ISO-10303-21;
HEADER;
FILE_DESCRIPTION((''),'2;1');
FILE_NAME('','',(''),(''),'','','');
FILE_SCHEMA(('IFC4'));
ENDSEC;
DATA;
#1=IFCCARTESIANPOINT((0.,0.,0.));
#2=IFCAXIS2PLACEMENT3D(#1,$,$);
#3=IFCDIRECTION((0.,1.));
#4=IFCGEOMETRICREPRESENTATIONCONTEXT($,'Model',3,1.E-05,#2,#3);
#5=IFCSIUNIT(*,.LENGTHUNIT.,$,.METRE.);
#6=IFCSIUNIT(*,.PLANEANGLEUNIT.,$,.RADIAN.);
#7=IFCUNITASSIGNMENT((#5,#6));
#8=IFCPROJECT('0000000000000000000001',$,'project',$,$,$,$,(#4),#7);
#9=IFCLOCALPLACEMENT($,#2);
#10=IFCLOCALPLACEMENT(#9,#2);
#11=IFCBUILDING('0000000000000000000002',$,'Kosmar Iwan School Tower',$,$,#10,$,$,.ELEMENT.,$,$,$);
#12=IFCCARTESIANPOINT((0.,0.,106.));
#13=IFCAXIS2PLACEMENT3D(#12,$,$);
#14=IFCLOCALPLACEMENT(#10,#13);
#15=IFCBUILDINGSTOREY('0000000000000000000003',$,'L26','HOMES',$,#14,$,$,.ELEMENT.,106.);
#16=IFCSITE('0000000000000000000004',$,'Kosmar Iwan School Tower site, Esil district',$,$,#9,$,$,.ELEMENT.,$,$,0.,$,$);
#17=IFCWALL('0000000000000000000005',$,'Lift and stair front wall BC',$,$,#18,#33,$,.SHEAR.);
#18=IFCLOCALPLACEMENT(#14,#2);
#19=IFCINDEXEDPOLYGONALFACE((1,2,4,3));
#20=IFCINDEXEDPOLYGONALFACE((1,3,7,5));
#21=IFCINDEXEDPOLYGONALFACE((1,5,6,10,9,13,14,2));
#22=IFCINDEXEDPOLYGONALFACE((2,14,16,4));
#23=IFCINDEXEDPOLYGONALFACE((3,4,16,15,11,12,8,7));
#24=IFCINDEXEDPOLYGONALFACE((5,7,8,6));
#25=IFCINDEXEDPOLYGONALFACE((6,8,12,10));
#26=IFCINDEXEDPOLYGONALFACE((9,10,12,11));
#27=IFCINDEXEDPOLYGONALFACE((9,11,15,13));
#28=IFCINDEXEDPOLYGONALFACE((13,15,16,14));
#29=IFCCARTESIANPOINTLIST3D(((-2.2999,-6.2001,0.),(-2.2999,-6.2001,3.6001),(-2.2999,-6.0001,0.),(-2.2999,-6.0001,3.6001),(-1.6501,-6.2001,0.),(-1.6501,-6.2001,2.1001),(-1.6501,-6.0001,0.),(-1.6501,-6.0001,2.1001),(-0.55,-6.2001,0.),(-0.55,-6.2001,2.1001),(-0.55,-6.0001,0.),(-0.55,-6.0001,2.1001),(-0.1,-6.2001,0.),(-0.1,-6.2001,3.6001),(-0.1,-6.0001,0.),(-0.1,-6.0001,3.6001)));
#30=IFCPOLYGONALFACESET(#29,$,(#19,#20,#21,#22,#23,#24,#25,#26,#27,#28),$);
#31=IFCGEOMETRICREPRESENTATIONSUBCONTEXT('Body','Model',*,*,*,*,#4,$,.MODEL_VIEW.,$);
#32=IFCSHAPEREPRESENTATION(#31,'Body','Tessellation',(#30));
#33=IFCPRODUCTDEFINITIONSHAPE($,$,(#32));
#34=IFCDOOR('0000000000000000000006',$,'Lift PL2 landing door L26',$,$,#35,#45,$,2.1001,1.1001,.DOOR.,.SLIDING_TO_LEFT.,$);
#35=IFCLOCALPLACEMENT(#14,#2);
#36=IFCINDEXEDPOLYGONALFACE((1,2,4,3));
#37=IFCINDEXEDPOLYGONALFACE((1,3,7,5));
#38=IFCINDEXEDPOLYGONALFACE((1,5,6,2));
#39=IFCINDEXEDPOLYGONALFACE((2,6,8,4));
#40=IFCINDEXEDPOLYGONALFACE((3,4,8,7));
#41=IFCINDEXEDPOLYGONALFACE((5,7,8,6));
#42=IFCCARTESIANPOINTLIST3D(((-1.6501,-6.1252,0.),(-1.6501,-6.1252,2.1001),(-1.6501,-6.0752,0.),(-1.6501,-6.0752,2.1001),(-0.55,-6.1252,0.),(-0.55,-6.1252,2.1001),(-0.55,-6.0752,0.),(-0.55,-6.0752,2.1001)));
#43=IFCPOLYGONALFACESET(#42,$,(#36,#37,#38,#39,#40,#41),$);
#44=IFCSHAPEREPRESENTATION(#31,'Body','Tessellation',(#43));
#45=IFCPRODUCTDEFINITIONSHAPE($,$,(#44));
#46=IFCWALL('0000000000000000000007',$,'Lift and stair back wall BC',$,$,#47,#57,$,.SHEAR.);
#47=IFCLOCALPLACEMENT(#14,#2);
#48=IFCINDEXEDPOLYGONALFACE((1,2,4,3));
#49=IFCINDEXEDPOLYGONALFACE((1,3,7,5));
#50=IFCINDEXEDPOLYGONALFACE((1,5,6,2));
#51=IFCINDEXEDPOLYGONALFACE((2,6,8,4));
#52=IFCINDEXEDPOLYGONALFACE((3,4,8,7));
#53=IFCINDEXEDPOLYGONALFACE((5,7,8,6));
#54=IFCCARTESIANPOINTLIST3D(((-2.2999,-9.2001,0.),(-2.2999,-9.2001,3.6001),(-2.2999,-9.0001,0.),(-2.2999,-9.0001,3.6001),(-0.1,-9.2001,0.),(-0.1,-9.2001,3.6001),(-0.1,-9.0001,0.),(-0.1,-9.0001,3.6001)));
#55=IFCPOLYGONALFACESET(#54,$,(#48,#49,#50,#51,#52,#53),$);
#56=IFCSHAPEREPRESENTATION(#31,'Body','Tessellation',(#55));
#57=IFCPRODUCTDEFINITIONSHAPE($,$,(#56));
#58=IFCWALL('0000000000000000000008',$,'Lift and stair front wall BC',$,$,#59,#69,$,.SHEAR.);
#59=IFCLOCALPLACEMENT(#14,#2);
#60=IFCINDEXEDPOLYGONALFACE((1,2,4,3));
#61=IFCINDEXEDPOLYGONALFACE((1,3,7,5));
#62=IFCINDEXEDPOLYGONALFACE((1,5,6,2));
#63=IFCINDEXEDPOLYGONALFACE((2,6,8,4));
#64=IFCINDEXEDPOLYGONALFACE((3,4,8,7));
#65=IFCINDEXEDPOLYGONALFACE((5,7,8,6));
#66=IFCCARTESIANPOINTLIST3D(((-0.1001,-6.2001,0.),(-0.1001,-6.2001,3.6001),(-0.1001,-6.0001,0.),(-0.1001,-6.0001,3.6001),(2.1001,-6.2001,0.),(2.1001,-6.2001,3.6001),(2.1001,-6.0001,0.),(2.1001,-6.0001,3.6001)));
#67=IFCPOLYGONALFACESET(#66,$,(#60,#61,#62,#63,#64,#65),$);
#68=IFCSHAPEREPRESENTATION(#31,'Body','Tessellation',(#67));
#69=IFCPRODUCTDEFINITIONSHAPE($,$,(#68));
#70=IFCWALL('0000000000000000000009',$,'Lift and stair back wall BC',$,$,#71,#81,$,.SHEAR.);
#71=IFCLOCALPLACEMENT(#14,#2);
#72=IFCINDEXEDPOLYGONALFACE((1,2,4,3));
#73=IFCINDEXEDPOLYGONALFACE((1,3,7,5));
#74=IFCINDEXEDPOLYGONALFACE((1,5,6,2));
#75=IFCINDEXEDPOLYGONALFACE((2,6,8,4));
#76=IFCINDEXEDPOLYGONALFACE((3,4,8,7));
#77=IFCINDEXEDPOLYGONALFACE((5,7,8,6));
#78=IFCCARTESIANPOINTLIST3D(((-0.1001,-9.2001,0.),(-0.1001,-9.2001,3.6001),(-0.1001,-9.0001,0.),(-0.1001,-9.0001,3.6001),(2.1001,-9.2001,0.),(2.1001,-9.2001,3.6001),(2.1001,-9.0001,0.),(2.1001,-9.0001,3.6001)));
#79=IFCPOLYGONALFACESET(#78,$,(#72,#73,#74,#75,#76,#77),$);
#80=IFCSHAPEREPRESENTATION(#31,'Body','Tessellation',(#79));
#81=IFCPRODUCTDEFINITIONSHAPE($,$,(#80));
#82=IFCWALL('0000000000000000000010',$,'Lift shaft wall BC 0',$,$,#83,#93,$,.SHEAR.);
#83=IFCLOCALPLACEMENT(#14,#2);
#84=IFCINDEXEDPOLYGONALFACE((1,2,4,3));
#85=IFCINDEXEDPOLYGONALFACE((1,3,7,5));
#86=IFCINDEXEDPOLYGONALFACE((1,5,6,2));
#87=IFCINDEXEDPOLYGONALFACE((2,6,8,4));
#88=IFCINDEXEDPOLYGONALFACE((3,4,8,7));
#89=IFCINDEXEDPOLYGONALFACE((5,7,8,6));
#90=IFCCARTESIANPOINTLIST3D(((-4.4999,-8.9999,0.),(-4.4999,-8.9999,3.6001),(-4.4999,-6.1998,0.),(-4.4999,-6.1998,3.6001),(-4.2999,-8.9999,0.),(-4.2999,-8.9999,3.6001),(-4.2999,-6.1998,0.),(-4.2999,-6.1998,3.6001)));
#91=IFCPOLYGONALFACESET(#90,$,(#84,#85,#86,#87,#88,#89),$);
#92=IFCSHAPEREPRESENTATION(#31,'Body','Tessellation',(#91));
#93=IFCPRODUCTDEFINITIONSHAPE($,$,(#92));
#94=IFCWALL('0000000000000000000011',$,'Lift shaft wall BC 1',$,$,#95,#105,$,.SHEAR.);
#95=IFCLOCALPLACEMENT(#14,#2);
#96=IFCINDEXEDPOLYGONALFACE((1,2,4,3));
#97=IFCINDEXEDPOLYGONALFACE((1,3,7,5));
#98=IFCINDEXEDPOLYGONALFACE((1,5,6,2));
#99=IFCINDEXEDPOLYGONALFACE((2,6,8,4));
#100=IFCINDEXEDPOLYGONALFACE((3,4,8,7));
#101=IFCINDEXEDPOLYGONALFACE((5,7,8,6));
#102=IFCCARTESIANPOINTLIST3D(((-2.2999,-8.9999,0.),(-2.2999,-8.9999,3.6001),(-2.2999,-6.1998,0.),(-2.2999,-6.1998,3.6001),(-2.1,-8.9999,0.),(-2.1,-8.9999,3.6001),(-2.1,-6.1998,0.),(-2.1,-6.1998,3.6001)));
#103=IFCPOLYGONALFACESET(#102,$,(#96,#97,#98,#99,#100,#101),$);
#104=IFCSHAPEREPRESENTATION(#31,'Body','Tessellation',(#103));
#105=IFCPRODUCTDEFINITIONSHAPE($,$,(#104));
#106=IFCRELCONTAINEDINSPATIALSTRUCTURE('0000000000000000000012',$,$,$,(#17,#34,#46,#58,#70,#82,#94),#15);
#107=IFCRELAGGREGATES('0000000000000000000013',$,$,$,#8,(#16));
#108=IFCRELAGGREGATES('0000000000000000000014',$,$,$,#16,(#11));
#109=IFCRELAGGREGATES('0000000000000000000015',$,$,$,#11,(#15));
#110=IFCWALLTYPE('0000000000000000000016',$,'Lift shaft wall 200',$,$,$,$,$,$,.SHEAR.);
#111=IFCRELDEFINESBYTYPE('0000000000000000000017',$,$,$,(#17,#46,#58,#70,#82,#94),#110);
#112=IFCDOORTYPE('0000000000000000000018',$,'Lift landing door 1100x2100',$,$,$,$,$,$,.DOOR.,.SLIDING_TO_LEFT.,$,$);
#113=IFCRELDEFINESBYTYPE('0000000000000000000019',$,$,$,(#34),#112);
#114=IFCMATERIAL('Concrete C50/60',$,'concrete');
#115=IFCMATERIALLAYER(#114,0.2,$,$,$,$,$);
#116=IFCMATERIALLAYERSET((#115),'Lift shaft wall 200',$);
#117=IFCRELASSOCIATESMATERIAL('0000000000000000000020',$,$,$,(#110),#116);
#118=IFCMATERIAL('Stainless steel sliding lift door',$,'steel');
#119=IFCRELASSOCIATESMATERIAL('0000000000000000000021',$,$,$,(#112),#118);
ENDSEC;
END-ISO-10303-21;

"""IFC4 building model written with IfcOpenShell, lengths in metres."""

from ifc_helpers import new_model, si_unit, direction, frame, frame_2d, origin, place, context, subcontext, project, spatial, rectangle, extrude, material, layer, layer_set, type_object, element, fill, save


model = new_model("IFC4")

# Units and contexts
model_context = context("Model", 3, precision=1e-05, world=origin(), true_north=direction((0.0, 1.0)))
body_context = subcontext(model_context, "Body", "Model", "MODEL_VIEW")
ifc_project = project(units=[si_unit("LENGTHUNIT", "METRE"), si_unit("PLANEANGLEUNIT", "RADIAN")], contexts=[model_context])

# Site, building, storey
site_placement = place(None, origin())
site = spatial("IfcSite", under=ifc_project, at=site_placement, Name="Kosmar Iwan School Tower site, Esil district", CompositionType="ELEMENT", RefElevation=0.0)
building_placement = place(site_placement, origin())
building = spatial("IfcBuilding", under=site, at=building_placement, Name="Kosmar Iwan School Tower", CompositionType="ELEMENT")
storey_placement = place(building_placement, frame((0.0, 0.0, 106.0)))
storey = spatial("IfcBuildingStorey", under=building, at=storey_placement, Name="L26", Description="HOMES", CompositionType="ELEMENT", Elevation=106.0)

# Shared definitions
ifc_material_1 = material(Name="Concrete C50/60", Category="concrete")
ifc_layer_1 = layer(ifc_material_1, 0.2)
ifc_layer_set_1 = layer_set([ifc_layer_1], Name="Lift shaft wall 200")
wall_type_1 = type_object("IfcWallType", Name="Lift shaft wall 200", PredefinedType="SHEAR", material=ifc_layer_set_1)
ifc_material_2 = material(Name="Stainless steel sliding lift door", Category="steel")
door_type_1 = type_object("IfcDoorType", Name="Lift landing door 1100x2100", OperationType="SLIDING_TO_LEFT", PredefinedType="DOOR", material=ifc_material_2)

# Wall, opening, door
wall_1_placement = place(storey_placement, frame((-2.3, -6.1001, 0.0), z_axis=(0.0, 0.0, 1.0), x_axis=(1.0, 0.0, 0.0)))
wall_1 = element("IfcWall", 1, at=wall_1_placement, inside=storey, type_object=wall_type_1, Name="Lift and stair front wall BC", PredefinedType="SHEAR", context=body_context, shape_type="SweptSolid", body=[
    extrude(rectangle(XDim=2.2, YDim=0.2, at=frame_2d((1.1001, 0.0))), origin(), (0.0, 0.0, 1.0), 3.6001),
])
opening_1_placement = place(wall_1_placement, frame((0.6499, 0.0, 0.0)))
opening_1 = element("IfcOpeningElement", 2, at=opening_1_placement, cuts=wall_1, PredefinedType="OPENING", context=body_context, shape_type="SweptSolid", body=[
    extrude(rectangle(XDim=1.1001, YDim=2.1001, at=frame_2d((0.55, 1.05))), frame((0.0, 0.1121, 0.0), z_axis=(0.0, -1.0, 0.0), x_axis=(1.0, 0.0, 0.0)), (0.0, 0.0, 1.0), 0.2239),
])
door_1_placement = place(opening_1_placement, origin())
door_1 = element("IfcDoor", 3, at=door_1_placement, inside=storey, type_object=door_type_1, Name="Lift PL2 landing door L26", OperationType="SLIDING_TO_LEFT", OverallHeight=2.1001, OverallWidth=1.1001, PredefinedType="DOOR", context=body_context, shape_type="SweptSolid", body=[
    extrude(rectangle(XDim=1.1001, YDim=2.1001, at=frame_2d((0.55, 1.05))), frame((0.0, 0.0249, 0.0), z_axis=(0.0, -1.0, 0.0), x_axis=(1.0, 0.0, 0.0)), (0.0, 0.0, 1.0), 0.05),
])
fill(opening_1, door_1)

# Walls
wall_2_placement = place(storey_placement, frame((-2.3, -9.1001, 0.0), z_axis=(0.0, 0.0, 1.0), x_axis=(1.0, 0.0, 0.0)))
element("IfcWall", 4, at=wall_2_placement, inside=storey, type_object=wall_type_1, Name="Lift and stair back wall BC", PredefinedType="SHEAR", context=body_context, shape_type="SweptSolid", body=[
    extrude(rectangle(XDim=2.2, YDim=0.2, at=frame_2d((1.1001, 0.0))), origin(), (0.0, 0.0, 1.0), 3.6001),
])
for number, where, z_axis, x_axis, name in (
    (5, (-0.1001, -6.1001, 0.0), (0.0, 0.0, 1.0), (1.0, 0.0, 0.0), "Lift and stair front wall BC"),
    (6, (-0.1001, -9.1001, 0.0), (0.0, 0.0, 1.0), (1.0, 0.0, 0.0), "Lift and stair back wall BC"),
):
    element("IfcWall", number, at=place(storey_placement, frame(where, z_axis=z_axis, x_axis=x_axis)), inside=storey, type_object=wall_type_1, Name=name, PredefinedType="SHEAR", context=body_context, shape_type="SweptSolid", body=[
        extrude(rectangle(XDim=2.2002, YDim=0.2, at=frame_2d((1.1001, 0.0))), origin(), (0.0, 0.0, 1.0), 3.6001),
    ])
for number, where, z_axis, x_axis, name in (
    (7, (-4.3999, -6.2, 0.0), (0.0, 0.0, 1.0), (0.0, -1.0, 0.0), "Lift shaft wall BC 0"),
    (8, (-2.2, -6.2, 0.0), (0.0, 0.0, 1.0), (0.0, -1.0, 0.0), "Lift shaft wall BC 1"),
):
    element("IfcWall", number, at=place(storey_placement, frame(where, z_axis=z_axis, x_axis=x_axis)), inside=storey, type_object=wall_type_1, Name=name, PredefinedType="SHEAR", context=body_context, shape_type="SweptSolid", body=[
        extrude(rectangle(XDim=2.8, YDim=0.2, at=frame_2d((1.3999, 0.0))), origin(), (0.0, 0.0, 1.0), 3.6001),
    ])

save(model, "model.ifc")
